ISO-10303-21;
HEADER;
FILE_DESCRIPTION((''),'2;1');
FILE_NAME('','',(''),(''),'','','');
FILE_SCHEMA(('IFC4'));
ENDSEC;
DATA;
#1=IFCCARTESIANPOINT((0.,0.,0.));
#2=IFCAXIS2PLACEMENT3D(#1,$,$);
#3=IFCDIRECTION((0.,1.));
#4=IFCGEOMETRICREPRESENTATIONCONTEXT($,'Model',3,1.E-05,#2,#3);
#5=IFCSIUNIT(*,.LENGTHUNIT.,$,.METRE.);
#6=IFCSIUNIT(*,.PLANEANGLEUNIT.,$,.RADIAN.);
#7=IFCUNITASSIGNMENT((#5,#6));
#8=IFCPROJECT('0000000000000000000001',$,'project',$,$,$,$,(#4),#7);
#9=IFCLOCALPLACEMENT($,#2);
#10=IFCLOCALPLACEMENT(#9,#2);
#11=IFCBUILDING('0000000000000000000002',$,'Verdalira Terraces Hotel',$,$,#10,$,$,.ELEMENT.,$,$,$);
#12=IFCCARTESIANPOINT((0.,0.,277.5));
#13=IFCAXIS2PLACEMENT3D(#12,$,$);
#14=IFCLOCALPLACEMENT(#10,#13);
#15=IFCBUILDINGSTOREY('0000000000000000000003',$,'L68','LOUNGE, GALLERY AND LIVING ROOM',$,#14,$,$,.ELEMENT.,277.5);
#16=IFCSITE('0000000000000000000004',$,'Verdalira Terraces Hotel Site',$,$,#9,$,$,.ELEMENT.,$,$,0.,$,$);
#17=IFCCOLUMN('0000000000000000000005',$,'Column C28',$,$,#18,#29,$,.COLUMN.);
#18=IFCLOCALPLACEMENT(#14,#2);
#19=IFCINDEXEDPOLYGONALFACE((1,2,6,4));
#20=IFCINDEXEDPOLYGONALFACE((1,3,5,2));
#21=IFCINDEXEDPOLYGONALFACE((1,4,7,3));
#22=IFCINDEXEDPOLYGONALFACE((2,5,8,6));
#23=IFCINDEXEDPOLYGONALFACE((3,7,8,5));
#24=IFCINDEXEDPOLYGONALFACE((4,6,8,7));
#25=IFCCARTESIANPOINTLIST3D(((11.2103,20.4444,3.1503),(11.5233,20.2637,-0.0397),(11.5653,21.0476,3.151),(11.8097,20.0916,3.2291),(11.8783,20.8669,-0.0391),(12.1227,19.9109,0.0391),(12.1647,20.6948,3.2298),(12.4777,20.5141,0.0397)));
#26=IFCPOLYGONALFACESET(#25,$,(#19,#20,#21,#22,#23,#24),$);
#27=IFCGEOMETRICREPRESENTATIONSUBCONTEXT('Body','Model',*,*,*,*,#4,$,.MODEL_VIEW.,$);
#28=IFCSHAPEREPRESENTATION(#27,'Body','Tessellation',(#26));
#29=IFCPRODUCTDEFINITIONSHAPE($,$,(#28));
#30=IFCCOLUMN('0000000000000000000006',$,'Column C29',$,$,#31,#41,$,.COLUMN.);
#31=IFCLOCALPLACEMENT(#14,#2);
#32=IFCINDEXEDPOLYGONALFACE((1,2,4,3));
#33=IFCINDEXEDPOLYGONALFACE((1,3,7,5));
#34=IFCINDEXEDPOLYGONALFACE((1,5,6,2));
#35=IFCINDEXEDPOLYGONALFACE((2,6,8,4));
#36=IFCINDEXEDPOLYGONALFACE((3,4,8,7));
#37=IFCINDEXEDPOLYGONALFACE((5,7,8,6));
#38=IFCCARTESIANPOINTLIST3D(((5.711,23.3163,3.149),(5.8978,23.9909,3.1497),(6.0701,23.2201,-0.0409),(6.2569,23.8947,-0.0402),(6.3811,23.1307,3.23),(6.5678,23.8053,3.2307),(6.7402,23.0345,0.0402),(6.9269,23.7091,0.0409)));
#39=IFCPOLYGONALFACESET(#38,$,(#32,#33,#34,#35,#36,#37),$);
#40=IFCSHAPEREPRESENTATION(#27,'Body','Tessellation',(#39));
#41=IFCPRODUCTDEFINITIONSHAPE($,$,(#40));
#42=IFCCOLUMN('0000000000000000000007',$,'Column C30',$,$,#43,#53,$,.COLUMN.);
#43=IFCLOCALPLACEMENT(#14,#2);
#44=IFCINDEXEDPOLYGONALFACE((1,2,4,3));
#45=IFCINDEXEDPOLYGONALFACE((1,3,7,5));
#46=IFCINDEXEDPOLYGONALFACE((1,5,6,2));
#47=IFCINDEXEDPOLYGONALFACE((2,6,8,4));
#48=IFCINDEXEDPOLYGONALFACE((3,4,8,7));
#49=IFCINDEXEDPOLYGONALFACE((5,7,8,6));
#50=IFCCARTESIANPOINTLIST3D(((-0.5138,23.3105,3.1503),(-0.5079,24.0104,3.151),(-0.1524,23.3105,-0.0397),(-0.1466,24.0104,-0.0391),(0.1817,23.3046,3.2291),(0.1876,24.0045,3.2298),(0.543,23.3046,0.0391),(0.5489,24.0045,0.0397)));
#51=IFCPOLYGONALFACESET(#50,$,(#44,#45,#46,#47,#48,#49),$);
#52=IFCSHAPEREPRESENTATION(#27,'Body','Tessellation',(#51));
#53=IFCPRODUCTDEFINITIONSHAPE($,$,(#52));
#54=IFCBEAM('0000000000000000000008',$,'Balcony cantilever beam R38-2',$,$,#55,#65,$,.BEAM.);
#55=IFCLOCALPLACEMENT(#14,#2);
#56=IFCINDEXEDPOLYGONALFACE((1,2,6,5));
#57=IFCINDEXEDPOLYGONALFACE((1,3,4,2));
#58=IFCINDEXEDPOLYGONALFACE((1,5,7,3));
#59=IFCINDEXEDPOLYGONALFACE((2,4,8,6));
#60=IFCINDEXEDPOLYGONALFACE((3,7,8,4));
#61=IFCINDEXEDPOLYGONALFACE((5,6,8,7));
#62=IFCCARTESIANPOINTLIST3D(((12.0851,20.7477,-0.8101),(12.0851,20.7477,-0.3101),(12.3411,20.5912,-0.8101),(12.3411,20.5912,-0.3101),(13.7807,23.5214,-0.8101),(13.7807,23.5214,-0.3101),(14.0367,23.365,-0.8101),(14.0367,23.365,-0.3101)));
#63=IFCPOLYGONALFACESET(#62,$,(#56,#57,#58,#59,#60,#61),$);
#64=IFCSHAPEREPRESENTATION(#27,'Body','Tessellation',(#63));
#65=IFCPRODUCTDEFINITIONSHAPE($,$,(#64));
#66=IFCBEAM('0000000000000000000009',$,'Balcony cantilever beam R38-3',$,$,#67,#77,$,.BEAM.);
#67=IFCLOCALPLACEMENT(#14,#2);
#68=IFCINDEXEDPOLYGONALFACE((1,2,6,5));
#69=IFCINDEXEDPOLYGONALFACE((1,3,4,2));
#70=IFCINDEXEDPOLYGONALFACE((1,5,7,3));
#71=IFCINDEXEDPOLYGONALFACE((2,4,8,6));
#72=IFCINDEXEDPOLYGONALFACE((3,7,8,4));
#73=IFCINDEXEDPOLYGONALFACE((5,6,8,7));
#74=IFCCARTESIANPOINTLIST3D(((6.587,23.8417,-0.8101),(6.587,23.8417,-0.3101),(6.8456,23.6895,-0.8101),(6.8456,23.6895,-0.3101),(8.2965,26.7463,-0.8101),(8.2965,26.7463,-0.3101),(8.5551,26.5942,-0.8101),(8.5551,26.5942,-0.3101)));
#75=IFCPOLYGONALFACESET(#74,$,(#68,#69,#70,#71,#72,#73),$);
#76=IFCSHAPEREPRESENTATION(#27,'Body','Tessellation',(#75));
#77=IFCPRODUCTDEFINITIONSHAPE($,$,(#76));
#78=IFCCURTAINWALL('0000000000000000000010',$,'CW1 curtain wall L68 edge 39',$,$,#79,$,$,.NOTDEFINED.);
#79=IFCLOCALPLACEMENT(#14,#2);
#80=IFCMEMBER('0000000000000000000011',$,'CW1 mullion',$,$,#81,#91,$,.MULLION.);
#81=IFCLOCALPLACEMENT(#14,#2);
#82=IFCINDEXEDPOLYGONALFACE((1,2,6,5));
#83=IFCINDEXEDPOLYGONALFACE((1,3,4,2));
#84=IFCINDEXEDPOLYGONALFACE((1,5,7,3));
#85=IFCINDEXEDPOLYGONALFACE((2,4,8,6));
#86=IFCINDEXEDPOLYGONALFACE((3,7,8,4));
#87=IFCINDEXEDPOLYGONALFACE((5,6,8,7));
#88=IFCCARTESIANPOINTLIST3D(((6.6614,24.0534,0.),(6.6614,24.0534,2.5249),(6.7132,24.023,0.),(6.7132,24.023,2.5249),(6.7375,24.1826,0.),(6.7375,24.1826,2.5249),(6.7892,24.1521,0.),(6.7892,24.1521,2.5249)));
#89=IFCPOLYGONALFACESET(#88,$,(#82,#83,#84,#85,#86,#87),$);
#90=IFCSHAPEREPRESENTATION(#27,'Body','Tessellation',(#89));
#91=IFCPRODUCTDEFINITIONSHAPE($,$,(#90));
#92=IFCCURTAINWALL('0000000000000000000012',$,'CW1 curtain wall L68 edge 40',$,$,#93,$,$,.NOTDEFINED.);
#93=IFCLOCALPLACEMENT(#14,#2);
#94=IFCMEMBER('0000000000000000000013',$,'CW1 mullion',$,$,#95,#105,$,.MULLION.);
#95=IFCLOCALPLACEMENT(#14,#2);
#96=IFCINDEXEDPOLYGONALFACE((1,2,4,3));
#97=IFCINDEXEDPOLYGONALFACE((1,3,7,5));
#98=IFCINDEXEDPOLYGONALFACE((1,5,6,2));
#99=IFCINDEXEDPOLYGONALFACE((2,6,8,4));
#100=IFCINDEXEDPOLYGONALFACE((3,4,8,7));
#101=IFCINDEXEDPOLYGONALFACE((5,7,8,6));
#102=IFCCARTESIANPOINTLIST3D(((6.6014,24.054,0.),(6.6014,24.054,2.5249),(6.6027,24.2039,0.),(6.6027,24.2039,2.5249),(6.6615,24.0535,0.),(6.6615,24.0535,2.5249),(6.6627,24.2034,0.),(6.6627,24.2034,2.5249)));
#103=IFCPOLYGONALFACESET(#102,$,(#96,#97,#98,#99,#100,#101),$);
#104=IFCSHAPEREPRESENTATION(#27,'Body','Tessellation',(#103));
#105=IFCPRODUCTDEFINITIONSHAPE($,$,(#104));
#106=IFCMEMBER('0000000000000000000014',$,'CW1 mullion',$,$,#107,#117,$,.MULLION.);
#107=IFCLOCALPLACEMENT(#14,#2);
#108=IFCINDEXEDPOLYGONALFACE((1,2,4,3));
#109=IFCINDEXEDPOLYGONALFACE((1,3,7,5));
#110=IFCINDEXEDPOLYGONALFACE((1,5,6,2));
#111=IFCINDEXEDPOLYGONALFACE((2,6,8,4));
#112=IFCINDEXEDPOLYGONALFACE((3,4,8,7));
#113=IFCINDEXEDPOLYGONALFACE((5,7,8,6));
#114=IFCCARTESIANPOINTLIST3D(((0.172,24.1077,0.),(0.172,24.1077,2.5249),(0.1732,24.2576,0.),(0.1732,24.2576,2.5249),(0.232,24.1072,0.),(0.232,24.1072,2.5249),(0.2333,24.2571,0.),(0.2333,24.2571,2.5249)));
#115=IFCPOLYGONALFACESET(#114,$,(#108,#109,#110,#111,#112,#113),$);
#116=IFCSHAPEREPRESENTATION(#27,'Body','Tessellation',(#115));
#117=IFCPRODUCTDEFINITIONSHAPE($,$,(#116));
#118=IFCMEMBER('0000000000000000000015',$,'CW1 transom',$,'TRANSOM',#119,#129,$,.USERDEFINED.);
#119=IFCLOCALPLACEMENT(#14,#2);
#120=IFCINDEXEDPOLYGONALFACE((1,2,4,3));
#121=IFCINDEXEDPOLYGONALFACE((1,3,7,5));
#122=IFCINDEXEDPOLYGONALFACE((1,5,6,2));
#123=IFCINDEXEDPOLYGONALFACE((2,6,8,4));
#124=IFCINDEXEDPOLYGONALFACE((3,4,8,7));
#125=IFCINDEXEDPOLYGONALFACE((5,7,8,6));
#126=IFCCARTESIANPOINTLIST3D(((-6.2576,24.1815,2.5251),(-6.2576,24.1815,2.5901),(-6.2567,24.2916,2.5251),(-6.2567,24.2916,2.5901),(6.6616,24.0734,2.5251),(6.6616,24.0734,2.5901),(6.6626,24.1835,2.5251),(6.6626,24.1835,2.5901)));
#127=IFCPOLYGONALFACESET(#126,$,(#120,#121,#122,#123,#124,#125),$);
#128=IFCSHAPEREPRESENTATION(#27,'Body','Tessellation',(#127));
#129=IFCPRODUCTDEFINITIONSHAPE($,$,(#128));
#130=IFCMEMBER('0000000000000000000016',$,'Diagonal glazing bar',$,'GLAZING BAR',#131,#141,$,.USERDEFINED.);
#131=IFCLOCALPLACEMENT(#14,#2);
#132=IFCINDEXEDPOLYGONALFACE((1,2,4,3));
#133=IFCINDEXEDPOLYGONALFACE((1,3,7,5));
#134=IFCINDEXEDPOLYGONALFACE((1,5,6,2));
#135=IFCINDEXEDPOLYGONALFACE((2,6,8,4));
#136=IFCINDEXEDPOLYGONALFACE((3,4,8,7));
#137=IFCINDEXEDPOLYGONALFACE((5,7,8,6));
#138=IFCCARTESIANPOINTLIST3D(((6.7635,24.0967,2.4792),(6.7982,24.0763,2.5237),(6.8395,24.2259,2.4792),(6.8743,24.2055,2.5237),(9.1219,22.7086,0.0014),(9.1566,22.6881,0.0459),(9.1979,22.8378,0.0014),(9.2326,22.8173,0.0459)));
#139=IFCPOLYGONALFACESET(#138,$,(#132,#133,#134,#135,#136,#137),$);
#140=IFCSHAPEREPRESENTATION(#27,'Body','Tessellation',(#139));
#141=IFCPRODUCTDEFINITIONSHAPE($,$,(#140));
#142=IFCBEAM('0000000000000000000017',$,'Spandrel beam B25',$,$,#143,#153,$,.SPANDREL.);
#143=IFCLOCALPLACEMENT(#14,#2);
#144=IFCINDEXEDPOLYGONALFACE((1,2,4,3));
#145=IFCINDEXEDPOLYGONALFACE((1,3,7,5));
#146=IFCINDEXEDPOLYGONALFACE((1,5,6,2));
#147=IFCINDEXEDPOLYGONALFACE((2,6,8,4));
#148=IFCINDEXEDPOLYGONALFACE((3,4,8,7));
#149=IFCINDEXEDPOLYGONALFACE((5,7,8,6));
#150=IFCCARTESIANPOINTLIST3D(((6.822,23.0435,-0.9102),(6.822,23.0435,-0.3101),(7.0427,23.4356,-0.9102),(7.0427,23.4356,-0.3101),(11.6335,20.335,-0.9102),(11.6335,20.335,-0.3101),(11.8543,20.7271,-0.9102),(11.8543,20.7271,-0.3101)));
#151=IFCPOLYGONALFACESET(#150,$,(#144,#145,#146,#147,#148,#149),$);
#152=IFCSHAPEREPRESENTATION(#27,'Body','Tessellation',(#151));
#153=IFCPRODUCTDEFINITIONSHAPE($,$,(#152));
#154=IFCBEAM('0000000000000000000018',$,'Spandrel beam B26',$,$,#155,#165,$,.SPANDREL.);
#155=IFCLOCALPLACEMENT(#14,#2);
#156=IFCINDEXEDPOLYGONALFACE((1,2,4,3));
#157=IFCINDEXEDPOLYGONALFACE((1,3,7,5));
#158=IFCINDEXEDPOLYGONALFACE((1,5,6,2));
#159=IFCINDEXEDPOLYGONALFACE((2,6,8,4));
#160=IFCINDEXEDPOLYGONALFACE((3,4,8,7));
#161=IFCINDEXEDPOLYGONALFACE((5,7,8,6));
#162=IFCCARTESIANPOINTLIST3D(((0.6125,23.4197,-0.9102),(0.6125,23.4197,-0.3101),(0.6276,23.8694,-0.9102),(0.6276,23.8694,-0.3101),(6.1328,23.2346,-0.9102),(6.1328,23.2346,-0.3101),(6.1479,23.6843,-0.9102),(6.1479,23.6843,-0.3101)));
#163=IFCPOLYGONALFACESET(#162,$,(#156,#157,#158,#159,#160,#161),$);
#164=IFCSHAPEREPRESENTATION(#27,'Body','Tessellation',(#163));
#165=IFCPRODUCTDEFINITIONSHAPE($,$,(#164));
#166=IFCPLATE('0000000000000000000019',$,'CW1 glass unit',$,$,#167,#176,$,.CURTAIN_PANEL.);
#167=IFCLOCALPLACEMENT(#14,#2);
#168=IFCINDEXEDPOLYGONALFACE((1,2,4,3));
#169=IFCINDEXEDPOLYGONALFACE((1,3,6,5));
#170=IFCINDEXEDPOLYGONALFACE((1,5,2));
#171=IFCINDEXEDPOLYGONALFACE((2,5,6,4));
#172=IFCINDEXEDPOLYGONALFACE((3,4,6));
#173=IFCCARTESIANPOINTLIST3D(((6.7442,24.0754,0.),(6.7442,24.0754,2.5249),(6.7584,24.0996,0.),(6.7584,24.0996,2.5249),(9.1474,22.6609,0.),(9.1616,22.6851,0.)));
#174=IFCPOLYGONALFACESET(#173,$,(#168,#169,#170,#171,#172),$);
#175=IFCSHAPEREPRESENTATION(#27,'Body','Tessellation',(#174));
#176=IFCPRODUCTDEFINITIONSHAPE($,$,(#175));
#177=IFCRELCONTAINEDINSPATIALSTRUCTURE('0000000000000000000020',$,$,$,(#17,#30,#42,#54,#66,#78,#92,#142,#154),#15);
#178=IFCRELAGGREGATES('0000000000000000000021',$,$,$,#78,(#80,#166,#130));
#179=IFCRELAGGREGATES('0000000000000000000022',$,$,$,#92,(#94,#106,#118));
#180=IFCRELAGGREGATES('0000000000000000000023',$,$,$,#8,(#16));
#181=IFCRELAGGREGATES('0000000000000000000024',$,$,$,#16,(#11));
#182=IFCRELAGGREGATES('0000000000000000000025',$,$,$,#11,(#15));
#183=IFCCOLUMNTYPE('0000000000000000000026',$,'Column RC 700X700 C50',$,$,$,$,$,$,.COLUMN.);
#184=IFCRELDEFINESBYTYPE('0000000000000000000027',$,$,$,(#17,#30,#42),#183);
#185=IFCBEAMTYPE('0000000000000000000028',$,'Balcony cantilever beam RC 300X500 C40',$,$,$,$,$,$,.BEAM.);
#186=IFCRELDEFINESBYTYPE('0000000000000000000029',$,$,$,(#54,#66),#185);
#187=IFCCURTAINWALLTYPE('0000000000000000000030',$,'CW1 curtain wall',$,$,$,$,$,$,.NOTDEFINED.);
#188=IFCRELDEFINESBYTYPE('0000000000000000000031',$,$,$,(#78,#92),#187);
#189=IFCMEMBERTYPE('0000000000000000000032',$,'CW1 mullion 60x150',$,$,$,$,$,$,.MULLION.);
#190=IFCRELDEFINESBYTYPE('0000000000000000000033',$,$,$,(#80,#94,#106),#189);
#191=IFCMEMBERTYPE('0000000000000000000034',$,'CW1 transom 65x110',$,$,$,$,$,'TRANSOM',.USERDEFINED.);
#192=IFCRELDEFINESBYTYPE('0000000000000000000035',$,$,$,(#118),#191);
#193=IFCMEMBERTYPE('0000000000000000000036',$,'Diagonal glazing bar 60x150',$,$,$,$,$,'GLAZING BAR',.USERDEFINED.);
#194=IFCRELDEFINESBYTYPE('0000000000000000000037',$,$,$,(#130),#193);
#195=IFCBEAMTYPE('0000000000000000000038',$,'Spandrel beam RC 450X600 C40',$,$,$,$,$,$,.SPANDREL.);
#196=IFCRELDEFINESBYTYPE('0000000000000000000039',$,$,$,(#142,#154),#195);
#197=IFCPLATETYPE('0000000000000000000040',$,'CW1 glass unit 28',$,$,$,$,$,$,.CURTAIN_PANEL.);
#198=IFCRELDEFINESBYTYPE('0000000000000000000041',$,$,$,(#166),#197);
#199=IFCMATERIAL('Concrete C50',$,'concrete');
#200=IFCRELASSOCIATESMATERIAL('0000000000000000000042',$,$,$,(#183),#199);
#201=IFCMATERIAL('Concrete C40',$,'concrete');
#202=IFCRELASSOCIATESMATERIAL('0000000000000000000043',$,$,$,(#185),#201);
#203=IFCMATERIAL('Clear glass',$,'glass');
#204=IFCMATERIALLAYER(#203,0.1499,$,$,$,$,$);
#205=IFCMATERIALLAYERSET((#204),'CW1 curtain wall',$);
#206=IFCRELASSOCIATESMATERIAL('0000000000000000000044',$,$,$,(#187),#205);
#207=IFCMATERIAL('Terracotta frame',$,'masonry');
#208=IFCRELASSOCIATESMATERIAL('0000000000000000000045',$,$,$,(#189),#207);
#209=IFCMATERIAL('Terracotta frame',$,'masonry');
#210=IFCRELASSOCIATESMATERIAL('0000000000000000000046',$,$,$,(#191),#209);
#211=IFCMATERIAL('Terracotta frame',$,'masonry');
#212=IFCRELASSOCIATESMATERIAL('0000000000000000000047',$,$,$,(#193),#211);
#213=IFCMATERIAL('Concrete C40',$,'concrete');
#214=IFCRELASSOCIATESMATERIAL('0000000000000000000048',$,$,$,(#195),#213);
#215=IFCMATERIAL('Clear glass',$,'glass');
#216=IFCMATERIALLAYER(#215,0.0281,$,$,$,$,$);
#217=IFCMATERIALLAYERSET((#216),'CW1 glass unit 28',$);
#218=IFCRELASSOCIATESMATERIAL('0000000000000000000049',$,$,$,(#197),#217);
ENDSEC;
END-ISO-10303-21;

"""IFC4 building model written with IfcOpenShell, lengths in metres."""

from ifc_helpers import new_model, si_unit, direction, frame, origin, origin_2d, place, context, subcontext, project, spatial, polyline, rectangle, outline, extrude, material, layer, layer_set, material_profile, profile_set, type_object, element, aggregate, save


model = new_model("IFC4")

# Units and contexts
model_context = context("Model", 3, precision=1e-05, world=origin(), true_north=direction((0.0, 1.0)))
body_context = subcontext(model_context, "Body", "Model", "MODEL_VIEW")
ifc_project = project(units=[si_unit("LENGTHUNIT", "METRE"), si_unit("PLANEANGLEUNIT", "RADIAN")], contexts=[model_context])

# Site, building, storey
site_placement = place(None, origin())
site = spatial("IfcSite", under=ifc_project, at=site_placement, Name="Verdalira Terraces Hotel Site", CompositionType="ELEMENT", RefElevation=0.0)
building_placement = place(site_placement, origin())
building = spatial("IfcBuilding", under=site, at=building_placement, Name="Verdalira Terraces Hotel", CompositionType="ELEMENT")
storey_placement = place(building_placement, frame((0.0, 0.0, 277.5)))
storey = spatial("IfcBuildingStorey", under=building, at=storey_placement, Name="L68", Description="LOUNGE, GALLERY AND LIVING ROOM", CompositionType="ELEMENT", Elevation=277.5)

# Columns
ifc_material_1 = material(Name="Concrete C50", Category="concrete")
ifc_material_profile_1 = material_profile(ifc_material_1, rectangle(XDim=0.7, YDim=0.7, at=origin_2d()), Name="RC 700X700")
ifc_profile_set_1 = profile_set([ifc_material_profile_1], Name="Concrete C50")
column_type = type_object("IfcColumnType", Name="Column RC 700X700 C50", PredefinedType="COLUMN", material=ifc_profile_set_1)
column_1_placement = place(storey_placement, frame((12.0005, 20.3889, 0.0), z_axis=(-0.097494, 0.056276, 0.993644), x_axis=(-0.856322, 0.504025, -0.112566)))
element("IfcColumn", 1, at=column_1_placement, inside=storey, type_object=column_type, Name="Column C28", PredefinedType="COLUMN", context=body_context, shape_type="SweptSolid", body=[
    extrude(rectangle(XDim=0.7, YDim=0.7, at=origin_2d()), origin(), (0.0, 0.0, 1.0), 3.2104),
])
column_2_placement = place(storey_placement, frame((6.4985, 23.4646, 0.0), z_axis=(-0.111825, 0.029952, 0.993276), x_axis=(0.95724, -0.265123, 0.115763)))
element("IfcColumn", 2, at=column_2_placement, inside=storey, type_object=column_type, Name="Column C29", PredefinedType="COLUMN", context=body_context, shape_type="SweptSolid", body=[
    extrude(rectangle(XDim=0.7, YDim=0.7, at=origin_2d()), origin(), (0.0, 0.0, 1.0), 3.2114),
])
column_3_placement = place(storey_placement, frame((0.1982, 23.6575, 0.0), z_axis=(-0.112551, 0.0, 0.993646), x_axis=(-0.993611, 0.008432, -0.112547)))
element("IfcColumn", 3, at=column_3_placement, inside=storey, type_object=column_type, Name="Column C30", PredefinedType="COLUMN", context=body_context, shape_type="SweptSolid", body=[
    extrude(rectangle(XDim=0.7, YDim=0.7, at=origin_2d()), origin(), (0.0, 0.0, 1.0), 3.2104),
])

# Beams
ifc_material_2 = material(Name="Concrete C40", Category="concrete")
ifc_material_profile_2 = material_profile(ifc_material_2, rectangle(XDim=0.3, YDim=0.5, at=origin_2d()), Name="RC 300X500")
ifc_profile_set_2 = profile_set([ifc_material_profile_2], Name="Concrete C40")
beam_type_1 = type_object("IfcBeamType", Name="Balcony cantilever beam RC 300X500 C40", PredefinedType="BEAM", material=ifc_profile_set_2)
beam_1_placement = place(storey_placement, frame((12.2131, 20.6694, -0.5601), z_axis=(0.521568, 0.853209, 0.0), x_axis=(-0.853209, 0.521568, 0.0)))
element("IfcBeam", 4, at=beam_1_placement, inside=storey, type_object=beam_type_1, Name="Balcony cantilever beam R38-2", PredefinedType="BEAM", context=body_context, shape_type="SweptSolid", body=[
    extrude(rectangle(XDim=0.3, YDim=0.5, at=origin_2d()), origin(), (0.0, 0.0, 1.0), 3.251),
])
beam_2_placement = place(storey_placement, frame((6.7163, 23.7656, -0.5601), z_axis=(0.507223, 0.861815, 0.0), x_axis=(-0.861815, 0.507223, 0.0)))
element("IfcBeam", 5, at=beam_2_placement, inside=storey, type_object=beam_type_1, Name="Balcony cantilever beam R38-3", PredefinedType="BEAM", context=body_context, shape_type="SweptSolid", body=[
    extrude(rectangle(XDim=0.3, YDim=0.5, at=origin_2d()), origin(), (0.0, 0.0, 1.0), 3.3704),
])

# Curtain wall, member
ifc_material_3 = material(Name="Clear glass", Category="glass")
ifc_layer_1 = layer(ifc_material_3, 0.1499)
ifc_layer_set_1 = layer_set([ifc_layer_1], Name="CW1 curtain wall")
curtain_wall_type = type_object("IfcCurtainWallType", Name="CW1 curtain wall", PredefinedType="NOTDEFINED", material=ifc_layer_set_1)
curtain_wall_1_placement = place(storey_placement, origin())
curtain_wall_1 = element("IfcCurtainWall", 6, at=curtain_wall_1_placement, inside=storey, type_object=curtain_wall_type, Name="CW1 curtain wall L68 edge 39", PredefinedType="NOTDEFINED")
ifc_material_4 = material(Name="Terracotta frame", Category="masonry")
ifc_material_profile_3 = material_profile(ifc_material_4, rectangle(XDim=0.0601, YDim=0.1499, at=origin_2d()), Name="MU 60x150")
ifc_profile_set_3 = profile_set([ifc_material_profile_3], Name="Terracotta frame")
member_type_1 = type_object("IfcMemberType", Name="CW1 mullion 60x150", PredefinedType="MULLION", material=ifc_profile_set_3)
member_1_placement = place(storey_placement, frame((6.7253, 24.1028, 0.0), z_axis=(0.0, 0.0, 1.0), x_axis=(-0.861806, 0.507238, 0.0)))
member_1 = element("IfcMember", 7, at=member_1_placement, type_object=member_type_1, Name="CW1 mullion", PredefinedType="MULLION", context=body_context, shape_type="SweptSolid", body=[
    extrude(rectangle(XDim=0.0601, YDim=0.1499, at=origin_2d()), origin(), (0.0, 0.0, 1.0), 2.5249),
])

# Curtain wall, members
curtain_wall_2_placement = place(storey_placement, origin())
curtain_wall_2 = element("IfcCurtainWall", 8, at=curtain_wall_2_placement, inside=storey, type_object=curtain_wall_type, Name="CW1 curtain wall L68 edge 40", PredefinedType="NOTDEFINED")
member_2_placement = place(storey_placement, frame((6.6321, 24.1287, 0.0), z_axis=(0.0, 0.0, 1.0), x_axis=(-0.999965, 0.008377, 0.0)))
member_2 = element("IfcMember", 9, at=member_2_placement, type_object=member_type_1, Name="CW1 mullion", PredefinedType="MULLION", context=body_context, shape_type="SweptSolid", body=[
    extrude(rectangle(XDim=0.0601, YDim=0.1499, at=origin_2d()), origin(), (0.0, 0.0, 1.0), 2.5249),
])
member_3_placement = place(storey_placement, frame((0.2026, 24.1824, 0.0), z_axis=(0.0, 0.0, 1.0), x_axis=(-0.999965, 0.008377, 0.0)))
member_3 = element("IfcMember", 10, at=member_3_placement, type_object=member_type_1, Name="CW1 mullion", PredefinedType="MULLION", context=body_context, shape_type="SweptSolid", body=[
    extrude(rectangle(XDim=0.0601, YDim=0.1499, at=origin_2d()), origin(), (0.0, 0.0, 1.0), 2.5249),
])
ifc_material_5 = material(Name="Terracotta frame", Category="masonry")
ifc_material_profile_4 = material_profile(ifc_material_5, rectangle(XDim=0.1101, YDim=0.0649, at=origin_2d()), Name="TR 65x110")
ifc_profile_set_4 = profile_set([ifc_material_profile_4], Name="Terracotta frame")
member_type_2 = type_object("IfcMemberType", Name="CW1 transom 65x110", ElementType="TRANSOM", PredefinedType="USERDEFINED", material=ifc_profile_set_4)
member_4_placement = place(storey_placement, frame((6.6621, 24.1284, 2.5576), z_axis=(-0.999965, 0.008371, 0.0), x_axis=(-0.008371, -0.999965, 0.0)))
member_4 = element("IfcMember", 11, at=member_4_placement, type_object=member_type_2, Name="CW1 transom", ObjectType="TRANSOM", PredefinedType="USERDEFINED", context=body_context, shape_type="SweptSolid", body=[
    extrude(rectangle(XDim=0.1101, YDim=0.0649, at=origin_2d()), origin(), (0.0, 0.0, 1.0), 12.9197),
])

# Member
ifc_material_6 = material(Name="Terracotta frame", Category="masonry")
ifc_material_profile_5 = material_profile(ifc_material_6, rectangle(XDim=0.1499, YDim=0.0601, at=origin_2d()), Name="GB 60x150")
ifc_profile_set_5 = profile_set([ifc_material_profile_5], Name="Terracotta frame")
member_type_3 = type_object("IfcMemberType", Name="Diagonal glazing bar 60x150", ElementType="GLAZING BAR", PredefinedType="USERDEFINED", material=ifc_profile_set_5)
member_5_placement = place(storey_placement, frame((9.1772, 22.7629, 0.0237), z_axis=(-0.638841, 0.37603, 0.67118), x_axis=(-0.507262, -0.861792, 0.0)))
member_5 = element("IfcMember", 12, at=member_5_placement, type_object=member_type_3, Name="Diagonal glazing bar", ObjectType="GLAZING BAR", PredefinedType="USERDEFINED", context=body_context, shape_type="SweptSolid", body=[
    extrude(rectangle(XDim=0.1499, YDim=0.0601, at=origin_2d()), origin(), (0.0, 0.0, 1.0), 3.6917),
])

# Beams
ifc_material_7 = material(Name="Concrete C40", Category="concrete")
ifc_material_profile_6 = material_profile(ifc_material_7, rectangle(XDim=0.45, YDim=0.6001, at=origin_2d()), Name="RC 450X600")
ifc_profile_set_6 = profile_set([ifc_material_profile_6], Name="Concrete C40")
beam_type_2 = type_object("IfcBeamType", Name="Spandrel beam RC 450X600 C40", PredefinedType="SPANDREL", material=ifc_profile_set_6)
beam_3_placement = place(storey_placement, frame((11.7439, 20.531, -0.6101), z_axis=(-0.87142, 0.490538, 0.0), x_axis=(-0.490538, -0.87142, 0.0)))
element("IfcBeam", 13, at=beam_3_placement, inside=storey, type_object=beam_type_2, Name="Spandrel beam B25", PredefinedType="SPANDREL", context=body_context, shape_type="SweptSolid", body=[
    extrude(rectangle(XDim=0.45, YDim=0.6001, at=origin_2d()), origin(), (0.0, 0.0, 1.0), 5.5215),
])
beam_4_placement = place(storey_placement, frame((6.1404, 23.4595, -0.6101), z_axis=(-0.999439, 0.033505, 0.0), x_axis=(-0.033505, -0.999439, 0.0)))
element("IfcBeam", 14, at=beam_4_placement, inside=storey, type_object=beam_type_2, Name="Spandrel beam B26", PredefinedType="SPANDREL", context=body_context, shape_type="SweptSolid", body=[
    extrude(rectangle(XDim=0.45, YDim=0.6001, at=origin_2d()), origin(), (0.0, 0.0, 1.0), 5.5234),
])

# Plate
ifc_material_8 = material(Name="Clear glass", Category="glass")
ifc_layer_2 = layer(ifc_material_8, 0.0281)
ifc_layer_set_2 = layer_set([ifc_layer_2], Name="CW1 glass unit 28")
plate_type = type_object("IfcPlateType", Name="CW1 glass unit 28", PredefinedType="CURTAIN_PANEL", material=ifc_layer_set_2)
plate_1_placement = place(storey_placement, frame((7.9458, 23.3682, 1.2625), z_axis=(0.507238, 0.861806, 0.0), x_axis=(-0.861806, 0.507238, 0.0)))
plate_1 = element("IfcPlate", 15, at=plate_1_placement, type_object=plate_type, Name="CW1 glass unit", PredefinedType="CURTAIN_PANEL", context=body_context, shape_type="SweptSolid", body=[
    extrude(outline(polyline([(-1.3943, -1.2625), (1.3943, -1.2625), (1.3943, 1.2625), (-1.3943, -1.2625)])), origin(), (0.0, 0.0, 1.0), 0.0281),
])
aggregate(curtain_wall_1, [member_1, plate_1, member_5])
aggregate(curtain_wall_2, [member_2, member_3, member_4])

save(model, "model.ifc")
